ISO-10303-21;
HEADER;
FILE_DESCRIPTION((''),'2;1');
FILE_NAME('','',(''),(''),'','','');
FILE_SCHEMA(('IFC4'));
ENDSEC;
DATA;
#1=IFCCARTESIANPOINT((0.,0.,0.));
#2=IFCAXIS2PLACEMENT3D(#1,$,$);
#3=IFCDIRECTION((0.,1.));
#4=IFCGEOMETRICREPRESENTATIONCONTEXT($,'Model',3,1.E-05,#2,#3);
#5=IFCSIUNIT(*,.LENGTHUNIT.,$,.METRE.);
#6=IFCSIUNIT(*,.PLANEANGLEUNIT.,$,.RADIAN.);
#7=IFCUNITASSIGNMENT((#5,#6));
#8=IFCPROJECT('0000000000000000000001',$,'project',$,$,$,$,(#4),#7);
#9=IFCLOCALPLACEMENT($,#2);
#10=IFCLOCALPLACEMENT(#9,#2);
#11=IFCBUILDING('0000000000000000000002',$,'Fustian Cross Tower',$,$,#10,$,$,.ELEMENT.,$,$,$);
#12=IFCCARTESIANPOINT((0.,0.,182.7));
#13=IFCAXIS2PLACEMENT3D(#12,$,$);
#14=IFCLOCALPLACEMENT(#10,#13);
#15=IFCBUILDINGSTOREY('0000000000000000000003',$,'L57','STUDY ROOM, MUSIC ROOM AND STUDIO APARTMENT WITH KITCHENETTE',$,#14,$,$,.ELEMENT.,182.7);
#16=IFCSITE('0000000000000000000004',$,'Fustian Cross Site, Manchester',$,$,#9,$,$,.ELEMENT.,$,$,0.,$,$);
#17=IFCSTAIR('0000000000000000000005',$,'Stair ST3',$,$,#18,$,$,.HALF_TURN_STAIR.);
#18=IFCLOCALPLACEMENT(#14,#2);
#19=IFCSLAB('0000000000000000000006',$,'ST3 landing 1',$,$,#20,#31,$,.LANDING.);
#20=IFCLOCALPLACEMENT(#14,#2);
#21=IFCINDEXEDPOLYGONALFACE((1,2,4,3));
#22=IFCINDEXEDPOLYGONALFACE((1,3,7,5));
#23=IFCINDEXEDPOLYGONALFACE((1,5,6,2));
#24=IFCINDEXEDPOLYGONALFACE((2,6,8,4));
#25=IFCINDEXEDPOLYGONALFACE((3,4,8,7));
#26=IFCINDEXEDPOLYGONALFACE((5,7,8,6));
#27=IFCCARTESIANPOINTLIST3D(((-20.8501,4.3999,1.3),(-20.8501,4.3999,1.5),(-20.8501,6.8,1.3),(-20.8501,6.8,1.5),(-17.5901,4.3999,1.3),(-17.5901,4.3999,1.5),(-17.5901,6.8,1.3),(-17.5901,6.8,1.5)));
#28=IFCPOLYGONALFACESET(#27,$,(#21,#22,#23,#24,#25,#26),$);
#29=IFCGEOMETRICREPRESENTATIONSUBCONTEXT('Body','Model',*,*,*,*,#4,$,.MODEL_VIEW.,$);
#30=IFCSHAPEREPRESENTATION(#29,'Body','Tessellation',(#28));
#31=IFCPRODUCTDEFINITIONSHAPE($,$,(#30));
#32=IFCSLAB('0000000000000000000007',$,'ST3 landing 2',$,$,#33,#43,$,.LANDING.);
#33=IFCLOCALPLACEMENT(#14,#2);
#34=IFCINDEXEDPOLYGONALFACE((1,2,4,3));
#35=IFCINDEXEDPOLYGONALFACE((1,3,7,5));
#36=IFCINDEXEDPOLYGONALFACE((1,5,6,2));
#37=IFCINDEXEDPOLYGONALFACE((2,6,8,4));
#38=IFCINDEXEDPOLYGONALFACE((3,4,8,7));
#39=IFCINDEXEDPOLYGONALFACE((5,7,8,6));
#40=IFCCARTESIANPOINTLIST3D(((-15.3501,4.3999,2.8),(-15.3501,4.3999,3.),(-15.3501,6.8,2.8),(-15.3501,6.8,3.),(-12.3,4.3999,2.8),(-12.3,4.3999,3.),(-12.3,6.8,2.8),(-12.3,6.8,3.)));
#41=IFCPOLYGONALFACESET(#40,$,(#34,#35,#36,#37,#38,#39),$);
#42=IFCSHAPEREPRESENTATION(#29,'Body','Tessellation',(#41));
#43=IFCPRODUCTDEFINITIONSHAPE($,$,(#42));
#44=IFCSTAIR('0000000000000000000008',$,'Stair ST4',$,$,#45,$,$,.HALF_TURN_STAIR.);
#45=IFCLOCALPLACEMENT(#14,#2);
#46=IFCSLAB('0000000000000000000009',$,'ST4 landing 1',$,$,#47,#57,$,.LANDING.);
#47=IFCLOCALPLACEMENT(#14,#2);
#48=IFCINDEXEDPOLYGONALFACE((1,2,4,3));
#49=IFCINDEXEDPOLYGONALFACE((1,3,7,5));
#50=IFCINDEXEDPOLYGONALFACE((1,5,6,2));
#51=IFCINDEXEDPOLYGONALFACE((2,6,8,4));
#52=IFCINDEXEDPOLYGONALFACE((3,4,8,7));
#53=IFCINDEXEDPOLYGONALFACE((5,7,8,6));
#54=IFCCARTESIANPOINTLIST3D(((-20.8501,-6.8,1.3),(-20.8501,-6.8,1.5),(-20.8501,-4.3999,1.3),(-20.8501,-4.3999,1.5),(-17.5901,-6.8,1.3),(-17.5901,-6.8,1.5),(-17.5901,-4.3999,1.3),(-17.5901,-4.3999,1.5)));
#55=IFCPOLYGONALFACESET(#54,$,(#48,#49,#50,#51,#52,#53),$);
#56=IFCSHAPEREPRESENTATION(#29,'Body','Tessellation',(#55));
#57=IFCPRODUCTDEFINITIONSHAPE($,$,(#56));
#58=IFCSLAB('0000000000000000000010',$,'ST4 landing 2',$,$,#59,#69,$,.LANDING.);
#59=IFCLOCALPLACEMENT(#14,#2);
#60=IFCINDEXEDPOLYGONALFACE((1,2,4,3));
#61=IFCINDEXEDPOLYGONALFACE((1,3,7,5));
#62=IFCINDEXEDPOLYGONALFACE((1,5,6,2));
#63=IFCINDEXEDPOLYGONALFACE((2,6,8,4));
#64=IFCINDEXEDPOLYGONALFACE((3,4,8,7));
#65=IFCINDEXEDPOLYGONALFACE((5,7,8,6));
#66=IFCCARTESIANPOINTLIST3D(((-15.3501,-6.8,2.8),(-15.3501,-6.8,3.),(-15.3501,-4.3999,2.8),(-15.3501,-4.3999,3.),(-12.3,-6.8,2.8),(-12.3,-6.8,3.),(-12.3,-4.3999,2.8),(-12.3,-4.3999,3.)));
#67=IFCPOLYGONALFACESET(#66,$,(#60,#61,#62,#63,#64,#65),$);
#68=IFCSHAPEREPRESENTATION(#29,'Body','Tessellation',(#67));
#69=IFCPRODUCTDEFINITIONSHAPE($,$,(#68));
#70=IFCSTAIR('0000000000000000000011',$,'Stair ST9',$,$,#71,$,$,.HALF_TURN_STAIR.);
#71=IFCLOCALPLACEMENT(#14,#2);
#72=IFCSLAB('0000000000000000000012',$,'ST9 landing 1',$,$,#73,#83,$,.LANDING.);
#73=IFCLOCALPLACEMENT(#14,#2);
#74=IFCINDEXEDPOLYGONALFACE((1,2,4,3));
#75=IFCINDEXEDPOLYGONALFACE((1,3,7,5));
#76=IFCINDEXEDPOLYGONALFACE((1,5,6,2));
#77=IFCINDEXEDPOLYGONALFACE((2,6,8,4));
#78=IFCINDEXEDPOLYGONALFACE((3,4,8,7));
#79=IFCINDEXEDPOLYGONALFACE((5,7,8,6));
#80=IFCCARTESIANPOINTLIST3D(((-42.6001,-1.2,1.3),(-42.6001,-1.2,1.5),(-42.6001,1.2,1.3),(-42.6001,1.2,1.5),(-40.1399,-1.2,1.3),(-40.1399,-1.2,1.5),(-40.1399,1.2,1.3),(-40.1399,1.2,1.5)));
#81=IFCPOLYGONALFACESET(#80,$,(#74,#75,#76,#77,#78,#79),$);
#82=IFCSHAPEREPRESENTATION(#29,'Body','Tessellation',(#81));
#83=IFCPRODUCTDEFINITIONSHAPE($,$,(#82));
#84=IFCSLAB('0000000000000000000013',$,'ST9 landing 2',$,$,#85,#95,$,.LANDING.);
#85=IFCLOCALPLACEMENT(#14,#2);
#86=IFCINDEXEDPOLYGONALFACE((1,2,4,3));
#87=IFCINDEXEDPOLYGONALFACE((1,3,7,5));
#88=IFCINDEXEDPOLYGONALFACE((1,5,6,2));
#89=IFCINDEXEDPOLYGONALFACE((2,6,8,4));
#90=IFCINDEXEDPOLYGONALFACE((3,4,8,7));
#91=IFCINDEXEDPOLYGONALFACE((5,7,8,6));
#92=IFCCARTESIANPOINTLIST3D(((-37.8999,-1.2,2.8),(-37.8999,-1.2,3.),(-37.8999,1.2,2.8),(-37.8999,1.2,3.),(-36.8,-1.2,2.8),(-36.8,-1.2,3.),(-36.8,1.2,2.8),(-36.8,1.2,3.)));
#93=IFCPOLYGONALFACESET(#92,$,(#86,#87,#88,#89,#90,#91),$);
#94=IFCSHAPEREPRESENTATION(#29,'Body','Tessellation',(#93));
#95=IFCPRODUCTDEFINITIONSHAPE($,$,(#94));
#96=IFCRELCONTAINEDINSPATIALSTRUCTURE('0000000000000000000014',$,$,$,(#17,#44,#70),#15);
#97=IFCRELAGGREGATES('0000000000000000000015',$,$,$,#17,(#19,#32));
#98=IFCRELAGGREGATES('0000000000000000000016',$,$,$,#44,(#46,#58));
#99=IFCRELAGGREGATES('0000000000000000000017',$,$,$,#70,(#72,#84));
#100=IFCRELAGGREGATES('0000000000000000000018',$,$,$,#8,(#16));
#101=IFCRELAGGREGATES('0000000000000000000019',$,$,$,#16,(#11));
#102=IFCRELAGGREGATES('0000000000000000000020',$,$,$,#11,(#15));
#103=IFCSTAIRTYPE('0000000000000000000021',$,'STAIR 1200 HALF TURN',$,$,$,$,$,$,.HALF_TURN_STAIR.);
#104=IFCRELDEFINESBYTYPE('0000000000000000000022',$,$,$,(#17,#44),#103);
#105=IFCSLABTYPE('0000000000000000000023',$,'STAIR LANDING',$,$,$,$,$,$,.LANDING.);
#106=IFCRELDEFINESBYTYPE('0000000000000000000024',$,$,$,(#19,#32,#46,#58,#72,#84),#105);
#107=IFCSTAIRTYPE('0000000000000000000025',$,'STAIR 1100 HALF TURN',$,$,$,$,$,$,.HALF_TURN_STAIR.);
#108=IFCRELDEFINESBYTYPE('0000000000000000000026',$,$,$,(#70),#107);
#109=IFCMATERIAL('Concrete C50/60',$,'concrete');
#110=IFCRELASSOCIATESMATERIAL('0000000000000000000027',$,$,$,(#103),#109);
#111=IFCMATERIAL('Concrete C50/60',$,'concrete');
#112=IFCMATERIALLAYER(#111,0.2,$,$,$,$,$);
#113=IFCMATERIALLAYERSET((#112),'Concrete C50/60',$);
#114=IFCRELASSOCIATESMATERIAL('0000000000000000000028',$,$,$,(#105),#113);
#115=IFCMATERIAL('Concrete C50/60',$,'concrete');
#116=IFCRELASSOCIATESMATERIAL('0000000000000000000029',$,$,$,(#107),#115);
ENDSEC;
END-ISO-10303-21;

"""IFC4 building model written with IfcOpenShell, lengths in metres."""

from ifc_helpers import new_model, si_unit, direction, frame, origin, place, context, subcontext, project, spatial, polyline, outline, extrude, material, layer, layer_set, type_object, element, aggregate, save


model = new_model("IFC4")

# Units and contexts
model_context = context("Model", 3, precision=1e-05, world=origin(), true_north=direction((0.0, 1.0)))
body_context = subcontext(model_context, "Body", "Model", "MODEL_VIEW")
ifc_project = project(units=[si_unit("LENGTHUNIT", "METRE"), si_unit("PLANEANGLEUNIT", "RADIAN")], contexts=[model_context])

# Site, building, storey
site_placement = place(None, origin())
site = spatial("IfcSite", under=ifc_project, at=site_placement, Name="Fustian Cross Site, Manchester", CompositionType="ELEMENT", RefElevation=0.0)
building_placement = place(site_placement, origin())
building = spatial("IfcBuilding", under=site, at=building_placement, Name="Fustian Cross Tower", CompositionType="ELEMENT")
storey_placement = place(building_placement, frame((0.0, 0.0, 182.7)))
storey = spatial("IfcBuildingStorey", under=building, at=storey_placement, Name="L57", Description="STUDY ROOM, MUSIC ROOM AND STUDIO APARTMENT WITH KITCHENETTE", CompositionType="ELEMENT", Elevation=182.7)

# Stairs, slabs
ifc_material_1 = material(Name="Concrete C50/60", Category="concrete")
stair_type_1 = type_object("IfcStairType", Name="STAIR 1200 HALF TURN", PredefinedType="HALF_TURN_STAIR", material=ifc_material_1)
stair_1_placement = place(storey_placement, origin())
stair_1 = element("IfcStair", 1, at=stair_1_placement, inside=storey, type_object=stair_type_1, Name="Stair ST3", PredefinedType="HALF_TURN_STAIR")
ifc_material_2 = material(Name="Concrete C50/60", Category="concrete")
ifc_layer_1 = layer(ifc_material_2, 0.2)
ifc_layer_set_1 = layer_set([ifc_layer_1], Name="Concrete C50/60")
slab_type = type_object("IfcSlabType", Name="STAIR LANDING", PredefinedType="LANDING", material=ifc_layer_set_1)
slab_1_placement = place(storey_placement, frame((0.0, 0.0, 1.3)))
slab_1 = element("IfcSlab", 2, at=slab_1_placement, type_object=slab_type, Name="ST3 landing 1", PredefinedType="LANDING", context=body_context, shape_type="SweptSolid", body=[
    extrude(outline(polyline([(-17.5901, 4.3999), (-20.8501, 4.3999), (-20.8501, 6.8), (-17.5901, 6.8), (-17.5901, 4.3999)])), origin(), (0.0, 0.0, 1.0), 0.2),
])
slab_2_placement = place(storey_placement, frame((0.0, 0.0, 2.8)))
slab_2 = element("IfcSlab", 3, at=slab_2_placement, type_object=slab_type, Name="ST3 landing 2", PredefinedType="LANDING", context=body_context, shape_type="SweptSolid", body=[
    extrude(outline(polyline([(-12.3, 4.3999), (-15.3501, 4.3999), (-15.3501, 6.8), (-12.3, 6.8), (-12.3, 4.3999)])), origin(), (0.0, 0.0, 1.0), 0.2),
])
aggregate(stair_1, [slab_1, slab_2])
stair_2_placement = place(storey_placement, origin())
stair_2 = element("IfcStair", 4, at=stair_2_placement, inside=storey, type_object=stair_type_1, Name="Stair ST4", PredefinedType="HALF_TURN_STAIR")
slab_3_placement = place(storey_placement, frame((0.0, 0.0, 1.3)))
slab_3 = element("IfcSlab", 5, at=slab_3_placement, type_object=slab_type, Name="ST4 landing 1", PredefinedType="LANDING", context=body_context, shape_type="SweptSolid", body=[
    extrude(outline(polyline([(-17.5901, -4.3999), (-20.8501, -4.3999), (-20.8501, -6.8), (-17.5901, -6.8), (-17.5901, -4.3999)])), origin(), (0.0, 0.0, 1.0), 0.2),
])
slab_4_placement = place(storey_placement, frame((0.0, 0.0, 2.8)))
slab_4 = element("IfcSlab", 6, at=slab_4_placement, type_object=slab_type, Name="ST4 landing 2", PredefinedType="LANDING", context=body_context, shape_type="SweptSolid", body=[
    extrude(outline(polyline([(-12.3, -4.3999), (-15.3501, -4.3999), (-15.3501, -6.8), (-12.3, -6.8), (-12.3, -4.3999)])), origin(), (0.0, 0.0, 1.0), 0.2),
])
aggregate(stair_2, [slab_3, slab_4])
ifc_material_3 = material(Name="Concrete C50/60", Category="concrete")
stair_type_2 = type_object("IfcStairType", Name="STAIR 1100 HALF TURN", PredefinedType="HALF_TURN_STAIR", material=ifc_material_3)
stair_3_placement = place(storey_placement, origin())
stair_3 = element("IfcStair", 7, at=stair_3_placement, inside=storey, type_object=stair_type_2, Name="Stair ST9", PredefinedType="HALF_TURN_STAIR")
slab_5_placement = place(storey_placement, frame((0.0, 0.0, 1.3)))
slab_5 = element("IfcSlab", 8, at=slab_5_placement, type_object=slab_type, Name="ST9 landing 1", PredefinedType="LANDING", context=body_context, shape_type="SweptSolid", body=[
    extrude(outline(polyline([(-40.1399, -1.2), (-42.6001, -1.2), (-42.6001, 1.2), (-40.1399, 1.2), (-40.1399, -1.2)])), origin(), (0.0, 0.0, 1.0), 0.2),
])
slab_6_placement = place(storey_placement, frame((0.0, 0.0, 2.8)))
slab_6 = element("IfcSlab", 9, at=slab_6_placement, type_object=slab_type, Name="ST9 landing 2", PredefinedType="LANDING", context=body_context, shape_type="SweptSolid", body=[
    extrude(outline(polyline([(-36.8, -1.2), (-37.8999, -1.2), (-37.8999, 1.2), (-36.8, 1.2), (-36.8, -1.2)])), origin(), (0.0, 0.0, 1.0), 0.2),
])
aggregate(stair_3, [slab_5, slab_6])

save(model, "model.ifc")
